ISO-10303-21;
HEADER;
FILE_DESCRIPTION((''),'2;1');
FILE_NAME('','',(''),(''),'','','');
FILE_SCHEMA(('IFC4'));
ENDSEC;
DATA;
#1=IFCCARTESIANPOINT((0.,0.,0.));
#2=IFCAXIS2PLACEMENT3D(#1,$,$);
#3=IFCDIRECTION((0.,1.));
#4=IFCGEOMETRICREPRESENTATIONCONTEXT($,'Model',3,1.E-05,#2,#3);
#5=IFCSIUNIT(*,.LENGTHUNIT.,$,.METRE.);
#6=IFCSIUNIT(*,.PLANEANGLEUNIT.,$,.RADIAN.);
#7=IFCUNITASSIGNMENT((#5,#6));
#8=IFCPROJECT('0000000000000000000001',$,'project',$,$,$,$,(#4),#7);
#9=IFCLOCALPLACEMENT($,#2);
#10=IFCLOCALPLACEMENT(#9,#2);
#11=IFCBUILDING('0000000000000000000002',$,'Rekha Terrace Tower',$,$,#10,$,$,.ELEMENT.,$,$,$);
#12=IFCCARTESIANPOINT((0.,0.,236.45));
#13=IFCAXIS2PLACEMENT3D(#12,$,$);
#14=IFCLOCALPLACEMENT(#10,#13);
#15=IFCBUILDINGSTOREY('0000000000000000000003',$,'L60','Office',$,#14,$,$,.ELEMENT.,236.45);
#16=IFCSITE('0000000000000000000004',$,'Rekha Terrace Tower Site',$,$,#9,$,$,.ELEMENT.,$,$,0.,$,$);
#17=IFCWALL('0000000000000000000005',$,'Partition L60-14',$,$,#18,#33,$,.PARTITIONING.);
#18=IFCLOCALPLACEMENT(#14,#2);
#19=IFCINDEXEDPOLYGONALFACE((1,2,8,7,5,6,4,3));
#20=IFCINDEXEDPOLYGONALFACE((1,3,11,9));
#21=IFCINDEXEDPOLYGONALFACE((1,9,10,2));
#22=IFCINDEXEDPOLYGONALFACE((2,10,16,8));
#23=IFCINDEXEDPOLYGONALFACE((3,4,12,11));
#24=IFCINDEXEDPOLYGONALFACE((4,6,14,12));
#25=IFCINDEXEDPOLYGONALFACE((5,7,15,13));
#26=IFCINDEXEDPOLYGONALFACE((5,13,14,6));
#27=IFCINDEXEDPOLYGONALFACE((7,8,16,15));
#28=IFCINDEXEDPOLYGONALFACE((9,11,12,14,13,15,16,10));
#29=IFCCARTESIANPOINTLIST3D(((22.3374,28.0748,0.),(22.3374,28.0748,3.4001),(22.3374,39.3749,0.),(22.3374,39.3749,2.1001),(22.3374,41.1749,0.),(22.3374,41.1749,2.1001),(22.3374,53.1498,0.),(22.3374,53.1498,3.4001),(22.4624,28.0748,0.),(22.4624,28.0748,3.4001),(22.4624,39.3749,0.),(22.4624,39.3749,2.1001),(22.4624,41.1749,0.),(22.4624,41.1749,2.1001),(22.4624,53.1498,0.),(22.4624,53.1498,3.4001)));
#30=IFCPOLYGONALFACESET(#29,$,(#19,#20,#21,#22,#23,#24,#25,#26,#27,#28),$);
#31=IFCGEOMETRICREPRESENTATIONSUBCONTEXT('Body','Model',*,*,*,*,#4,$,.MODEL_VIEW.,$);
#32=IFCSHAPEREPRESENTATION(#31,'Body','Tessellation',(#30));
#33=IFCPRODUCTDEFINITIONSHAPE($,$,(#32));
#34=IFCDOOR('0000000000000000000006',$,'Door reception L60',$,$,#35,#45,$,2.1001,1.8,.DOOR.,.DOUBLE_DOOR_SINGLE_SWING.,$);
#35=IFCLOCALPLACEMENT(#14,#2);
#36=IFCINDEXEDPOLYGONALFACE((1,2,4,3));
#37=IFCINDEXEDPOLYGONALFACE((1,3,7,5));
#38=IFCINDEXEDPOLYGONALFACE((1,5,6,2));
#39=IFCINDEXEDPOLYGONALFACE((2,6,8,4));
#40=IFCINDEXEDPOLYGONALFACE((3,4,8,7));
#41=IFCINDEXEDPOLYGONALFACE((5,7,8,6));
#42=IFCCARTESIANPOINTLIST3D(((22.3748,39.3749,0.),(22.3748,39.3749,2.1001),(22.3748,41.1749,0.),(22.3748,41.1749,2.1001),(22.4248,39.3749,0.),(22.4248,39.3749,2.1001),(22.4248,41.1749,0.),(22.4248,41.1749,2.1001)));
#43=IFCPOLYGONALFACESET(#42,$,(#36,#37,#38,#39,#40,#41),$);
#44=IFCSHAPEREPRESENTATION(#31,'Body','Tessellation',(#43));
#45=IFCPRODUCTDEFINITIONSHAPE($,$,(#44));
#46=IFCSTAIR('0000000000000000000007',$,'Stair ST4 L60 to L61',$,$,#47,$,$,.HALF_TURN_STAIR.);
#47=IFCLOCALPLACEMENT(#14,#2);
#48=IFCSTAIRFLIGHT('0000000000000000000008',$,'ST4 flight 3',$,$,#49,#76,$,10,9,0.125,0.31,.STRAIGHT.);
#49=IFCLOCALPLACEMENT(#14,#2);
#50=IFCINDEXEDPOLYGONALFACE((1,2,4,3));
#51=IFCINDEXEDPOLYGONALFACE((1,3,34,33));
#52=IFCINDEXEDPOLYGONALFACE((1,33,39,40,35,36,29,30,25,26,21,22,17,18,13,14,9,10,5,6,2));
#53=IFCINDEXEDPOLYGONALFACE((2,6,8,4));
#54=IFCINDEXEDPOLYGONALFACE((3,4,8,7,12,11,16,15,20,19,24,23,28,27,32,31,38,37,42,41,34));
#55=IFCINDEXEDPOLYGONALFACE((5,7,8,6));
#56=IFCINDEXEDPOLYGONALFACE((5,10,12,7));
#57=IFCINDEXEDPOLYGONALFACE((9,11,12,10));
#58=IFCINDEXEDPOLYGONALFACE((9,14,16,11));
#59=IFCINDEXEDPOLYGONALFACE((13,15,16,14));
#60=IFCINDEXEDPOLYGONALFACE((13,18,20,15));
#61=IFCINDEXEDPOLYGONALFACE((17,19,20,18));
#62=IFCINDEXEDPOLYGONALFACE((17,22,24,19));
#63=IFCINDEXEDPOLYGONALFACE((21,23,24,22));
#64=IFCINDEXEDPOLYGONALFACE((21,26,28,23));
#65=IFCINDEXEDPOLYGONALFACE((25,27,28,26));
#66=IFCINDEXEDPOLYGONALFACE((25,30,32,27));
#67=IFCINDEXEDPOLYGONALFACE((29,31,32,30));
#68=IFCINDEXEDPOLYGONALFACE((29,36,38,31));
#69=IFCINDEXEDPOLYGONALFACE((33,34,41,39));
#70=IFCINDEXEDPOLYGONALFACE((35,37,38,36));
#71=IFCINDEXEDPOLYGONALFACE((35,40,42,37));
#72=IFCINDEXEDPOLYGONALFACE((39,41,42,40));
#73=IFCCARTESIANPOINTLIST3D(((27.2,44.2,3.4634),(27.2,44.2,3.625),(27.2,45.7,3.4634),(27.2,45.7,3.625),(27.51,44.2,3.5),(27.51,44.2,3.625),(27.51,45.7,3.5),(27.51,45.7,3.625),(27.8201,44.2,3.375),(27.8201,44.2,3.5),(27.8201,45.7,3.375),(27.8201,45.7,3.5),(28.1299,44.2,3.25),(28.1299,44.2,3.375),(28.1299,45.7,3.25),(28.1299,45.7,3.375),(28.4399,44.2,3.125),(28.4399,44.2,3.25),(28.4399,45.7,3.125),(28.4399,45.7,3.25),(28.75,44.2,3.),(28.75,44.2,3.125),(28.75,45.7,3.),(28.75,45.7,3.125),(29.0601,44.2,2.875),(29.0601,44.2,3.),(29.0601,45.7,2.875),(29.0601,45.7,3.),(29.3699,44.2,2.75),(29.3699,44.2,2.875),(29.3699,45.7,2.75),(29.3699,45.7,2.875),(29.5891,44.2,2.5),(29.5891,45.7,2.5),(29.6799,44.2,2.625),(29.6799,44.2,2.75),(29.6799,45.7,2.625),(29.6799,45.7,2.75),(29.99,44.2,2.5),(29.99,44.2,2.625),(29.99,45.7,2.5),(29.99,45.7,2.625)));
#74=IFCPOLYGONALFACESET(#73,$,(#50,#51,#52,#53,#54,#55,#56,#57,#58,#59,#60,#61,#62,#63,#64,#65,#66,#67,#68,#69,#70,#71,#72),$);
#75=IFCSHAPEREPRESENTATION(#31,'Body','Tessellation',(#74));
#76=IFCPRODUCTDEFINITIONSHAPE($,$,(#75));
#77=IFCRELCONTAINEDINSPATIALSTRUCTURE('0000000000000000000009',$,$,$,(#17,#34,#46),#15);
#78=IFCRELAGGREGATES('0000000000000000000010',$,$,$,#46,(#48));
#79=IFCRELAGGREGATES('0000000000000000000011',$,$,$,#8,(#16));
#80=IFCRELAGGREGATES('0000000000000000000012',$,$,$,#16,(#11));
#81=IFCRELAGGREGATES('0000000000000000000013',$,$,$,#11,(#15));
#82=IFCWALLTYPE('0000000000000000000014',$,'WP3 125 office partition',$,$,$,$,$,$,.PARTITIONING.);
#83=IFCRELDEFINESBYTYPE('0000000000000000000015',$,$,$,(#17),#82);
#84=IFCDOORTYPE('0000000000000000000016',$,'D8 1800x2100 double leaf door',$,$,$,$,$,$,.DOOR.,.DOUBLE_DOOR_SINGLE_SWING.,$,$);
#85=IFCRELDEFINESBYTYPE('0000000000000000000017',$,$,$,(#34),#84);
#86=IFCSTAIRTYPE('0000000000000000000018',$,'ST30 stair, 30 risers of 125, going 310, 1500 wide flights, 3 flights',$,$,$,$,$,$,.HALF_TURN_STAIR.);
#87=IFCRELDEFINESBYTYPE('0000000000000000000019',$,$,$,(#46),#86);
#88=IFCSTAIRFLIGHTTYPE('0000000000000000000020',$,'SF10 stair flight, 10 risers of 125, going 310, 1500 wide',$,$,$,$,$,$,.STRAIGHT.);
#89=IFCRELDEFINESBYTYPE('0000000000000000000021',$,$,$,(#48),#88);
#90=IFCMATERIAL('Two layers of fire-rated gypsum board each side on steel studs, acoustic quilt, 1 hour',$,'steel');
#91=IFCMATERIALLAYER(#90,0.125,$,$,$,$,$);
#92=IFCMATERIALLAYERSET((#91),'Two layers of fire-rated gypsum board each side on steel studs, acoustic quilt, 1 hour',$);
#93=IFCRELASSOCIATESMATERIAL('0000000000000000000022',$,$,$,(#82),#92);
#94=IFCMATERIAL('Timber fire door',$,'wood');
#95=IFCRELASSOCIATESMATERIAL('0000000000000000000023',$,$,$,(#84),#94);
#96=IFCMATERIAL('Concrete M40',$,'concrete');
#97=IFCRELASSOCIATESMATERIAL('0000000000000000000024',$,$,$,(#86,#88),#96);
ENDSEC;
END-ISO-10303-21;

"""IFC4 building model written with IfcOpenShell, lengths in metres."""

from ifc_helpers import new_model, si_unit, direction, frame, frame_2d, origin, place, context, subcontext, project, spatial, polyline, rectangle, outline, extrude, material, layer, layer_set, type_object, element, fill, aggregate, save


model = new_model("IFC4")

# Units and contexts
model_context = context("Model", 3, precision=1e-05, world=origin(), true_north=direction((0.0, 1.0)))
body_context = subcontext(model_context, "Body", "Model", "MODEL_VIEW")
ifc_project = project(units=[si_unit("LENGTHUNIT", "METRE"), si_unit("PLANEANGLEUNIT", "RADIAN")], contexts=[model_context])

# Site, building, storey
site_placement = place(None, origin())
site = spatial("IfcSite", under=ifc_project, at=site_placement, Name="Rekha Terrace Tower Site", CompositionType="ELEMENT", RefElevation=0.0)
building_placement = place(site_placement, origin())
building = spatial("IfcBuilding", under=site, at=building_placement, Name="Rekha Terrace Tower", CompositionType="ELEMENT")
storey_placement = place(building_placement, frame((0.0, 0.0, 236.45)))
storey = spatial("IfcBuildingStorey", under=building, at=storey_placement, Name="L60", Description="Office", CompositionType="ELEMENT", Elevation=236.45)

# Shared definitions
ifc_material_1 = material(Name="Two layers of fire-rated gypsum board each side on steel studs, acoustic quilt, 1 hour", Category="steel")
ifc_layer_1 = layer(ifc_material_1, 0.125)
ifc_layer_set_1 = layer_set([ifc_layer_1], Name="Two layers of fire-rated gypsum board each side on steel studs, acoustic quilt, 1 hour")
wall_type_1 = type_object("IfcWallType", Name="WP3 125 office partition", PredefinedType="PARTITIONING", material=ifc_layer_set_1)

# Wall, opening, door
wall_1_placement = place(storey_placement, frame((22.3999, 53.1499, 0.0), z_axis=(0.0, 0.0, 1.0), x_axis=(0.0, -1.0, 0.0)))
wall_1 = element("IfcWall", 1, at=wall_1_placement, inside=storey, type_object=wall_type_1, Name="Partition L60-14", PredefinedType="PARTITIONING", context=body_context, shape_type="SweptSolid", body=[
    extrude(rectangle(XDim=25.075, YDim=0.125, at=frame_2d((12.5376, 0.0))), origin(), (0.0, 0.0, 1.0), 3.4001),
])
opening_1_placement = place(wall_1_placement, frame((11.9751, 0.0, 0.0)))
opening_1 = element("IfcOpeningElement", 2, at=opening_1_placement, cuts=wall_1, PredefinedType="OPENING", context=body_context, shape_type="SweptSolid", body=[
    extrude(rectangle(XDim=1.8, YDim=2.1001, at=frame_2d((0.8999, 1.05))), frame((0.0, 0.0725, 0.0), z_axis=(0.0, -1.0, 0.0), x_axis=(1.0, 0.0, 0.0)), (0.0, 0.0, 1.0), 0.145),
])
ifc_material_2 = material(Name="Timber fire door", Category="wood")
door_type_1 = type_object("IfcDoorType", Name="D8 1800x2100 double leaf door", OperationType="DOUBLE_DOOR_SINGLE_SWING", PredefinedType="DOOR", material=ifc_material_2)
door_1_placement = place(opening_1_placement, origin())
door_1 = element("IfcDoor", 3, at=door_1_placement, inside=storey, type_object=door_type_1, Name="Door reception L60", OperationType="DOUBLE_DOOR_SINGLE_SWING", OverallHeight=2.1001, OverallWidth=1.8, PredefinedType="DOOR", context=body_context, shape_type="SweptSolid", body=[
    extrude(rectangle(XDim=1.8, YDim=2.1001, at=frame_2d((0.8999, 1.05))), frame((0.0, 0.0249, 0.0), z_axis=(0.0, -1.0, 0.0), x_axis=(1.0, 0.0, 0.0)), (0.0, 0.0, 1.0), 0.05),
])
fill(opening_1, door_1)

# Stair, stair flight
ifc_material_3 = material(Name="Concrete M40", Category="concrete")
stair_type = type_object("IfcStairType", Name="ST30 stair, 30 risers of 125, going 310, 1500 wide flights, 3 flights", PredefinedType="HALF_TURN_STAIR", material=ifc_material_3)
stair_placement = place(storey_placement, origin())
stair = element("IfcStair", 4, at=stair_placement, inside=storey, type_object=stair_type, Name="Stair ST4 L60 to L61", PredefinedType="HALF_TURN_STAIR")
stair_flight_type = type_object("IfcStairFlightType", Name="SF10 stair flight, 10 risers of 125, going 310, 1500 wide", PredefinedType="STRAIGHT", material=ifc_material_3)
stair_flight_placement = place(storey_placement, frame((29.99, 44.95, 2.5), z_axis=(0.0, 0.0, 1.0), x_axis=(-1.0, 0.0, 0.0)))
stair_flight = element("IfcStairFlight", 5, at=stair_flight_placement, type_object=stair_flight_type, Name="ST4 flight 3", NumberOfRisers=10, NumberOfTreads=9, PredefinedType="STRAIGHT", RiserHeight=0.125, TreadLength=0.31, context=body_context, shape_type="SweptSolid", body=[
    extrude(outline(polyline([(0.0, 0.0), (0.0, 0.125), (0.3101, 0.125), (0.3101, 0.25), (0.6201, 0.25), (0.6201, 0.375), (0.9299, 0.375), (0.9299, 0.5), (1.24, 0.5), (1.24, 0.625), (1.55, 0.625), (1.55, 0.75), (1.8601, 0.75), (1.8601, 0.875), (2.1699, 0.875), (2.1699, 1.0), (2.48, 1.0), (2.48, 1.125), (2.79, 1.125), (2.79, 1.25), (2.79, 0.9634), (0.4009, 0.0), (0.0, 0.0)])), frame((0.0, 0.75, 0.0), z_axis=(0.0, -1.0, 0.0), x_axis=(1.0, 0.0, 0.0)), (0.0, 0.0, 1.0), 1.5),
])
aggregate(stair, [stair_flight])

save(model, "model.ifc")
